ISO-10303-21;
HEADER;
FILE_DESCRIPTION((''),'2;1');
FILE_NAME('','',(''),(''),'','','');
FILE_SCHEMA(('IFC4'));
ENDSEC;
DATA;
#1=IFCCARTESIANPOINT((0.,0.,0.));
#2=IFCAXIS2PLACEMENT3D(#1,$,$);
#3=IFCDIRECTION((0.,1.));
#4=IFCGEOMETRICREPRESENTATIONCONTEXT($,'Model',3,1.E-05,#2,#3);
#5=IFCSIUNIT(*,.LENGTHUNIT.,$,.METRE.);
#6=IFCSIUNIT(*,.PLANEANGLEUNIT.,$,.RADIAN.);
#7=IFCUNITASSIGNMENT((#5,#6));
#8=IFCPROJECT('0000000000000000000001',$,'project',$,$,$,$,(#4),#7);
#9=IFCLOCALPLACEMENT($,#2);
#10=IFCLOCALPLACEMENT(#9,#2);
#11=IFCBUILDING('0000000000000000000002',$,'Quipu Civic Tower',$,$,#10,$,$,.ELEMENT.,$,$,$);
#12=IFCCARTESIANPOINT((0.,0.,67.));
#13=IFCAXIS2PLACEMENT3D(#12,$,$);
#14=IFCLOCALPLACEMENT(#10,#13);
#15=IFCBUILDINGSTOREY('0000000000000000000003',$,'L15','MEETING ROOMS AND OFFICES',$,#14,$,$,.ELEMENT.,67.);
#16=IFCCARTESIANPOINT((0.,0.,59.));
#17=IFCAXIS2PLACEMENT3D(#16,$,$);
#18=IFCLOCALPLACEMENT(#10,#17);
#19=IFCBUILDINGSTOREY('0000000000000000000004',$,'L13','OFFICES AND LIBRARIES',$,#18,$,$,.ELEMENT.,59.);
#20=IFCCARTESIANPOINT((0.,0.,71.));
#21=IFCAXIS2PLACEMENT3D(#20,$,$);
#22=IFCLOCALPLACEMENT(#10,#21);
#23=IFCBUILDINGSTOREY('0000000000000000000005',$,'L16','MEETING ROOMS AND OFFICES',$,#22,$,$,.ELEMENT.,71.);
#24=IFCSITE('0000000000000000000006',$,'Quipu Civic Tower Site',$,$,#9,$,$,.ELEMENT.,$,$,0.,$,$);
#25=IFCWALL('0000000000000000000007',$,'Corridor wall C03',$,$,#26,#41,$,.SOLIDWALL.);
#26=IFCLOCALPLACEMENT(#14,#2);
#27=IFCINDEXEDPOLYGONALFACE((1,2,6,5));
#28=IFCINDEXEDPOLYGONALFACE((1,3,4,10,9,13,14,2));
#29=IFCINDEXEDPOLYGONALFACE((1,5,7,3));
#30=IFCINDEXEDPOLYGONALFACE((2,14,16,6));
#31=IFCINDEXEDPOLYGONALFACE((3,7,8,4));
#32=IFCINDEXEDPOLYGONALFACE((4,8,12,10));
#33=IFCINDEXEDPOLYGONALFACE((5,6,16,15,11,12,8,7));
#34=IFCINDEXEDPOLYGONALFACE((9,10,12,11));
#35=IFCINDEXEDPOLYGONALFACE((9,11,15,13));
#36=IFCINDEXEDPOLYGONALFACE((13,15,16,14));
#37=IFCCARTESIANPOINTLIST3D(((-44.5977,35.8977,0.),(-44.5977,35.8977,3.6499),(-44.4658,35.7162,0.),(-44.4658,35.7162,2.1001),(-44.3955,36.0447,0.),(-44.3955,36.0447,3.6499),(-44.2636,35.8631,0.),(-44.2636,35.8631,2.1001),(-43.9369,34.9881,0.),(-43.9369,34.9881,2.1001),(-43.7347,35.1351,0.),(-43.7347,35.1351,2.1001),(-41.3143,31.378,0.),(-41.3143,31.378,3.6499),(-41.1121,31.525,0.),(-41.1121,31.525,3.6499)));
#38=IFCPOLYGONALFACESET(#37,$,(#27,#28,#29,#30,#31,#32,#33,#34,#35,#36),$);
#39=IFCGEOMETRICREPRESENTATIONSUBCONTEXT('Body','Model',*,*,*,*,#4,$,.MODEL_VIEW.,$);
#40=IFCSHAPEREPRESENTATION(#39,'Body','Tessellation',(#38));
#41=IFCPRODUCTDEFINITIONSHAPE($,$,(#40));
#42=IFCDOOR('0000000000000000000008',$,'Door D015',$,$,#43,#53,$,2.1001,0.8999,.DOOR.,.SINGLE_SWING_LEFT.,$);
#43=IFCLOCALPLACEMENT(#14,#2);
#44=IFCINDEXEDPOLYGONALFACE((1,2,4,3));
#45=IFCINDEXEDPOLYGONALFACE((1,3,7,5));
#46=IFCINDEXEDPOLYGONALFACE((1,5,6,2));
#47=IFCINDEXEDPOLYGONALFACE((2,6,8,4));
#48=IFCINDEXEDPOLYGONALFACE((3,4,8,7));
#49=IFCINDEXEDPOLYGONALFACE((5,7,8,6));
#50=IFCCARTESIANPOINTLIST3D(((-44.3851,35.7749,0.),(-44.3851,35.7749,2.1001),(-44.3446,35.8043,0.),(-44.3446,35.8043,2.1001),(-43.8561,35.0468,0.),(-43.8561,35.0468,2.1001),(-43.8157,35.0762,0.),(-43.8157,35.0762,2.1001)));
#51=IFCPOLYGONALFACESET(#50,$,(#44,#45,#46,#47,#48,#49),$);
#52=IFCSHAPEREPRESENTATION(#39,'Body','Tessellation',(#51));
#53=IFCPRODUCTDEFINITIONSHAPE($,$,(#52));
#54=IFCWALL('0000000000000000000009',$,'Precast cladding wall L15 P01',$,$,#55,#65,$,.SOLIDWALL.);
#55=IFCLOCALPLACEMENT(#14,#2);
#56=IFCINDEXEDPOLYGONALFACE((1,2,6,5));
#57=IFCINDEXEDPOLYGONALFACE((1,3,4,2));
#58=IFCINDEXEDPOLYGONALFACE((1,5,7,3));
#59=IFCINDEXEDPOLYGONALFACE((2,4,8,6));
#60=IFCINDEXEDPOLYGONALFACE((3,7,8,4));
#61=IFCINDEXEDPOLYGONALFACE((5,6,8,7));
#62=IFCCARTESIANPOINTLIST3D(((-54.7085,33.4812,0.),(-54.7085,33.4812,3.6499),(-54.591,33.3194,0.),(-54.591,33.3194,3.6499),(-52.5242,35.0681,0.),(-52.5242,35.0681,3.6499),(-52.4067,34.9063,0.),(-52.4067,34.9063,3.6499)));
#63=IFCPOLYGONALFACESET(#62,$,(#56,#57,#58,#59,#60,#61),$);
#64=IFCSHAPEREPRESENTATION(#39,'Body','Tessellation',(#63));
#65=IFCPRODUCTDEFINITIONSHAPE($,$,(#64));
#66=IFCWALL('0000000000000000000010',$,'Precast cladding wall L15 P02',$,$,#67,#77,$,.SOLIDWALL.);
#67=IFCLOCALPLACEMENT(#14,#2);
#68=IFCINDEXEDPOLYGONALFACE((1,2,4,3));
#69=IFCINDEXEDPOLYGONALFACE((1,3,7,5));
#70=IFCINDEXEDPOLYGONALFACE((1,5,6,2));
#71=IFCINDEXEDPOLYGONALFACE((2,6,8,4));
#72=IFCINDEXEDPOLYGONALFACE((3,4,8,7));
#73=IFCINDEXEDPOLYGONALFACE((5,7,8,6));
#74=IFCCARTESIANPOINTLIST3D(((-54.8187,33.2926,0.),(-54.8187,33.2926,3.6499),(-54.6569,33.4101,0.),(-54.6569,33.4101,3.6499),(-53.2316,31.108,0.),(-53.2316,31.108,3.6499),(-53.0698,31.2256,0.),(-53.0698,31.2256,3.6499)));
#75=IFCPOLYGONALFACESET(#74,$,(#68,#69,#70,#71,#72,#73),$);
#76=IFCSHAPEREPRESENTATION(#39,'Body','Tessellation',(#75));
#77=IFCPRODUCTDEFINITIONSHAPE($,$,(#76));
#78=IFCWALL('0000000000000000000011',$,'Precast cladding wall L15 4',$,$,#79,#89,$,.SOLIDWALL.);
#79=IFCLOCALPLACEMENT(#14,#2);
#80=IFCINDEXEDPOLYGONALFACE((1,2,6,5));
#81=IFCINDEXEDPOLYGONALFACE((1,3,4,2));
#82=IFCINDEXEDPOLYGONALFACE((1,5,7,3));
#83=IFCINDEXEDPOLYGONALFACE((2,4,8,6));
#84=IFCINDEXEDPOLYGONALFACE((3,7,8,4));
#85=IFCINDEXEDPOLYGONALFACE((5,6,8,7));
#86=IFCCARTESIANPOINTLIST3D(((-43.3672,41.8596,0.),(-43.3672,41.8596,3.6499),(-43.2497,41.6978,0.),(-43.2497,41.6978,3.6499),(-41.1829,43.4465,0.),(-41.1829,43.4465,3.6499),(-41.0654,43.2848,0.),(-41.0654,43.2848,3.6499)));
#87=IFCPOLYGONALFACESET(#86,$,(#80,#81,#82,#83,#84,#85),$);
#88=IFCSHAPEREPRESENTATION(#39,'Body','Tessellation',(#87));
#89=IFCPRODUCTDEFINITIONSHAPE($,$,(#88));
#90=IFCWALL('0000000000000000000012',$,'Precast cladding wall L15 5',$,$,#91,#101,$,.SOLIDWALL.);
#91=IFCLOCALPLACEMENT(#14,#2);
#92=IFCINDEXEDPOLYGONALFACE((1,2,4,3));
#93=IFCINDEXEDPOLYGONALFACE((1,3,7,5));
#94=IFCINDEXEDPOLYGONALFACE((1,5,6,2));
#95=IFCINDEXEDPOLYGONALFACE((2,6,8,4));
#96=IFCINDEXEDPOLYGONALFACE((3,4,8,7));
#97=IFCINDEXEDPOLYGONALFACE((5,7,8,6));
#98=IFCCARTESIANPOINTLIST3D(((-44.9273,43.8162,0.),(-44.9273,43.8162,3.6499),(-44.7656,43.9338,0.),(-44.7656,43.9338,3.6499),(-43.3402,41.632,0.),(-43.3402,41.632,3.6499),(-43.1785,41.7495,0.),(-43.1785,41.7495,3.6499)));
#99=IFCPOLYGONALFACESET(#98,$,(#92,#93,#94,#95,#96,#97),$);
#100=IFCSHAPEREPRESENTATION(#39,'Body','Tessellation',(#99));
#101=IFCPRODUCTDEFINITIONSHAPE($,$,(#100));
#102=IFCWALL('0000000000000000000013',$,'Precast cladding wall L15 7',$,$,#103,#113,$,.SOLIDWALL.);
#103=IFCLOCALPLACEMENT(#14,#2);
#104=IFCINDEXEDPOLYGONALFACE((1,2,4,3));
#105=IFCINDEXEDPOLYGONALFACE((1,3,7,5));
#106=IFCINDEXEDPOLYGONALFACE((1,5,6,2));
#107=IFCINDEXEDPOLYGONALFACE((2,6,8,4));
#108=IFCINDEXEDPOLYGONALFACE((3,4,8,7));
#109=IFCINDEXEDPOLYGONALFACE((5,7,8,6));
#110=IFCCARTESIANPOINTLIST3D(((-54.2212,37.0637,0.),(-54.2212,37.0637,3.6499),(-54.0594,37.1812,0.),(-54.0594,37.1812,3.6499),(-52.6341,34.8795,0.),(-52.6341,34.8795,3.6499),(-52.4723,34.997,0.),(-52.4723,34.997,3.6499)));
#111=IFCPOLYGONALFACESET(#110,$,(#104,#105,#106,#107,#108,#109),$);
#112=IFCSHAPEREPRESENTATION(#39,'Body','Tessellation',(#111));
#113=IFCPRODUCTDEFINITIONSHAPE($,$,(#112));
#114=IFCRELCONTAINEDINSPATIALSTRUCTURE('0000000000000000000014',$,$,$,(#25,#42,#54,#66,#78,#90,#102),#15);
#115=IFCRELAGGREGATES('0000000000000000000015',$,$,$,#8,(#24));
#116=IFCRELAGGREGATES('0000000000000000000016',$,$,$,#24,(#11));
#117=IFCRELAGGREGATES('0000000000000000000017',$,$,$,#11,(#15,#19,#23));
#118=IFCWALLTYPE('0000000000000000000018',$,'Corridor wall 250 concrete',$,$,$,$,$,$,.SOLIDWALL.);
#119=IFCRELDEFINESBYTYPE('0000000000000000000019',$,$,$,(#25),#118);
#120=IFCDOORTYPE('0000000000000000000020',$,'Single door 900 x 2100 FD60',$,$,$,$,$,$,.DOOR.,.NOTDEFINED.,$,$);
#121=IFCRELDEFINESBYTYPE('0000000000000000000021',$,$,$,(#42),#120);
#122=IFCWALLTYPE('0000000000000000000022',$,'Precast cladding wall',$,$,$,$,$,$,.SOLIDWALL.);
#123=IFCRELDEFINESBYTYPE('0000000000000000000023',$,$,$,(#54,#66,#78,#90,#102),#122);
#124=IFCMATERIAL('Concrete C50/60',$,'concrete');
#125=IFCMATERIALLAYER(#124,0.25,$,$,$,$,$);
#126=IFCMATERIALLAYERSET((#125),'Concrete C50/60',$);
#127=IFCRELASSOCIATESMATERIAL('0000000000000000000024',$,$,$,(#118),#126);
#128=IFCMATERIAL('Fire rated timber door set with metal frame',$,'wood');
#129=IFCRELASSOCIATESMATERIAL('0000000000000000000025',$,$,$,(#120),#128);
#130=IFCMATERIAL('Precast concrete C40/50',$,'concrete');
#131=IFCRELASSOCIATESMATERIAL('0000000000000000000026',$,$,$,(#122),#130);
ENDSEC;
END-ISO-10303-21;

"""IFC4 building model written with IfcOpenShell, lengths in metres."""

from ifc_helpers import new_model, si_unit, direction, frame, frame_2d, origin, place, context, subcontext, project, spatial, rectangle, extrude, material, layer, layer_set, type_object, element, fill, save


model = new_model("IFC4")

# Units and contexts
model_context = context("Model", 3, precision=1e-05, world=origin(), true_north=direction((0.0, 1.0)))
body_context = subcontext(model_context, "Body", "Model", "MODEL_VIEW")
ifc_project = project(units=[si_unit("LENGTHUNIT", "METRE"), si_unit("PLANEANGLEUNIT", "RADIAN")], contexts=[model_context])

# Site, building, storey
site_placement = place(None, origin())
site = spatial("IfcSite", under=ifc_project, at=site_placement, Name="Quipu Civic Tower Site", CompositionType="ELEMENT", RefElevation=0.0)
building_placement = place(site_placement, origin())
building = spatial("IfcBuilding", under=site, at=building_placement, Name="Quipu Civic Tower", CompositionType="ELEMENT")
storey_1_placement = place(building_placement, frame((0.0, 0.0, 67.0)))
storey_1 = spatial("IfcBuildingStorey", under=building, at=storey_1_placement, Name="L15", Description="MEETING ROOMS AND OFFICES", CompositionType="ELEMENT", Elevation=67.0)

# Shared definitions
storey_2_placement = place(building_placement, frame((0.0, 0.0, 59.0)))
storey_2 = spatial("IfcBuildingStorey", under=building, at=storey_2_placement, Name="L13", Description="OFFICES AND LIBRARIES", CompositionType="ELEMENT", Elevation=59.0)

# Shared definitions
storey_3_placement = place(building_placement, frame((0.0, 0.0, 71.0)))
storey_3 = spatial("IfcBuildingStorey", under=building, at=storey_3_placement, Name="L16", Description="MEETING ROOMS AND OFFICES", CompositionType="ELEMENT", Elevation=71.0)

# Wall, opening, door
ifc_material_1 = material(Name="Concrete C50/60", Category="concrete")
ifc_layer_1 = layer(ifc_material_1, 0.25)
ifc_layer_set_1 = layer_set([ifc_layer_1], Name="Concrete C50/60")
wall_type_1 = type_object("IfcWallType", Name="Corridor wall 250 concrete", PredefinedType="SOLIDWALL", material=ifc_layer_set_1)
wall_1_placement = place(storey_1_placement, frame((-44.4966, 35.9712, 0.0), z_axis=(0.0, 0.0, 1.0), x_axis=(0.587743, -0.809048, 0.0)))
wall_1 = element("IfcWall", 1, at=wall_1_placement, inside=storey_1, type_object=wall_type_1, Name="Corridor wall C03", PredefinedType="SOLIDWALL", context=body_context, shape_type="SweptSolid", body=[
    extrude(rectangle(XDim=5.5864, YDim=0.25, at=frame_2d((2.7932, 0.0))), origin(), (0.0, 0.0, 1.0), 3.6499),
])
opening_1_placement = place(wall_1_placement, frame((0.2244, 0.0, 0.0)))
opening_1 = element("IfcOpeningElement", 2, at=opening_1_placement, cuts=wall_1, PredefinedType="OPENING", context=body_context, shape_type="SweptSolid", body=[
    extrude(rectangle(XDim=0.8999, YDim=2.1001, at=frame_2d((0.45, 1.05))), frame((0.0, 0.135, 0.0), z_axis=(0.0, -1.0, 0.0), x_axis=(1.0, 0.0, 0.0)), (0.0, 0.0, 1.0), 0.27),
])
ifc_material_2 = material(Name="Fire rated timber door set with metal frame", Category="wood")
door_type_1 = type_object("IfcDoorType", Name="Single door 900 x 2100 FD60", OperationType="NOTDEFINED", PredefinedType="DOOR", material=ifc_material_2)
door_1_placement = place(opening_1_placement, origin())
door_1 = element("IfcDoor", 3, at=door_1_placement, inside=storey_1, type_object=door_type_1, Name="Door D015", OperationType="SINGLE_SWING_LEFT", OverallHeight=2.1001, OverallWidth=0.8999, PredefinedType="DOOR", context=body_context, shape_type="SweptSolid", body=[
    extrude(rectangle(XDim=0.8999, YDim=2.1001, at=frame_2d((0.45, 1.05))), frame((0.0, 0.0249, 0.0), z_axis=(0.0, -1.0, 0.0), x_axis=(1.0, 0.0, 0.0)), (0.0, 0.0, 1.0), 0.05),
])
fill(opening_1, door_1)

# Walls
ifc_material_3 = material(Name="Precast concrete C40/50", Category="concrete")
wall_type_2 = type_object("IfcWallType", Name="Precast cladding wall", PredefinedType="SOLIDWALL", material=ifc_material_3)
wall_2_placement = place(storey_1_placement, frame((-52.4653, 34.9873, 0.0), z_axis=(0.0, 0.0, 1.0), x_axis=(-0.809033, -0.587763, 0.0)))
element("IfcWall", 4, at=wall_2_placement, inside=storey_1, type_object=wall_type_2, Name="Precast cladding wall L15 P01", PredefinedType="SOLIDWALL", context=body_context, shape_type="SweptSolid", body=[
    extrude(rectangle(XDim=2.7, YDim=0.2, at=frame_2d((1.3501, 0.0))), origin(), (0.0, 0.0, 1.0), 3.6499),
])
wall_3_placement = place(storey_1_placement, frame((-54.7378, 33.3513, 0.0), z_axis=(0.0, 0.0, 1.0), x_axis=(0.587779, -0.809021, 0.0)))
element("IfcWall", 5, at=wall_3_placement, inside=storey_1, type_object=wall_type_2, Name="Precast cladding wall L15 P02", PredefinedType="SOLIDWALL", context=body_context, shape_type="SweptSolid", body=[
    extrude(rectangle(XDim=2.7002, YDim=0.2, at=frame_2d((1.3501, 0.0))), origin(), (0.0, 0.0, 1.0), 3.6499),
])
for number, where, z_axis, x_axis, name in (
    (6, (-41.124, 43.3657, 0.0), (0.0, 0.0, 1.0), (-0.809033, -0.587763, 0.0), "Precast cladding wall L15 4"),
    (7, (-43.2593, 41.6907, 0.0), (0.0, 0.0, 1.0), (-0.587822, 0.80899, 0.0), "Precast cladding wall L15 5"),
    (8, (-54.1404, 37.1226, 0.0), (0.0, 0.0, 1.0), (0.587822, -0.80899, 0.0), "Precast cladding wall L15 7"),
):
    element("IfcWall", number, at=place(storey_1_placement, frame(where, z_axis=z_axis, x_axis=x_axis)), inside=storey_1, type_object=wall_type_2, Name=name, PredefinedType="SOLIDWALL", context=body_context, shape_type="SweptSolid", body=[
        extrude(rectangle(XDim=2.7, YDim=0.2, at=frame_2d((1.3501, 0.0))), origin(), (0.0, 0.0, 1.0), 3.6499),
    ])

save(model, "model.ifc")
